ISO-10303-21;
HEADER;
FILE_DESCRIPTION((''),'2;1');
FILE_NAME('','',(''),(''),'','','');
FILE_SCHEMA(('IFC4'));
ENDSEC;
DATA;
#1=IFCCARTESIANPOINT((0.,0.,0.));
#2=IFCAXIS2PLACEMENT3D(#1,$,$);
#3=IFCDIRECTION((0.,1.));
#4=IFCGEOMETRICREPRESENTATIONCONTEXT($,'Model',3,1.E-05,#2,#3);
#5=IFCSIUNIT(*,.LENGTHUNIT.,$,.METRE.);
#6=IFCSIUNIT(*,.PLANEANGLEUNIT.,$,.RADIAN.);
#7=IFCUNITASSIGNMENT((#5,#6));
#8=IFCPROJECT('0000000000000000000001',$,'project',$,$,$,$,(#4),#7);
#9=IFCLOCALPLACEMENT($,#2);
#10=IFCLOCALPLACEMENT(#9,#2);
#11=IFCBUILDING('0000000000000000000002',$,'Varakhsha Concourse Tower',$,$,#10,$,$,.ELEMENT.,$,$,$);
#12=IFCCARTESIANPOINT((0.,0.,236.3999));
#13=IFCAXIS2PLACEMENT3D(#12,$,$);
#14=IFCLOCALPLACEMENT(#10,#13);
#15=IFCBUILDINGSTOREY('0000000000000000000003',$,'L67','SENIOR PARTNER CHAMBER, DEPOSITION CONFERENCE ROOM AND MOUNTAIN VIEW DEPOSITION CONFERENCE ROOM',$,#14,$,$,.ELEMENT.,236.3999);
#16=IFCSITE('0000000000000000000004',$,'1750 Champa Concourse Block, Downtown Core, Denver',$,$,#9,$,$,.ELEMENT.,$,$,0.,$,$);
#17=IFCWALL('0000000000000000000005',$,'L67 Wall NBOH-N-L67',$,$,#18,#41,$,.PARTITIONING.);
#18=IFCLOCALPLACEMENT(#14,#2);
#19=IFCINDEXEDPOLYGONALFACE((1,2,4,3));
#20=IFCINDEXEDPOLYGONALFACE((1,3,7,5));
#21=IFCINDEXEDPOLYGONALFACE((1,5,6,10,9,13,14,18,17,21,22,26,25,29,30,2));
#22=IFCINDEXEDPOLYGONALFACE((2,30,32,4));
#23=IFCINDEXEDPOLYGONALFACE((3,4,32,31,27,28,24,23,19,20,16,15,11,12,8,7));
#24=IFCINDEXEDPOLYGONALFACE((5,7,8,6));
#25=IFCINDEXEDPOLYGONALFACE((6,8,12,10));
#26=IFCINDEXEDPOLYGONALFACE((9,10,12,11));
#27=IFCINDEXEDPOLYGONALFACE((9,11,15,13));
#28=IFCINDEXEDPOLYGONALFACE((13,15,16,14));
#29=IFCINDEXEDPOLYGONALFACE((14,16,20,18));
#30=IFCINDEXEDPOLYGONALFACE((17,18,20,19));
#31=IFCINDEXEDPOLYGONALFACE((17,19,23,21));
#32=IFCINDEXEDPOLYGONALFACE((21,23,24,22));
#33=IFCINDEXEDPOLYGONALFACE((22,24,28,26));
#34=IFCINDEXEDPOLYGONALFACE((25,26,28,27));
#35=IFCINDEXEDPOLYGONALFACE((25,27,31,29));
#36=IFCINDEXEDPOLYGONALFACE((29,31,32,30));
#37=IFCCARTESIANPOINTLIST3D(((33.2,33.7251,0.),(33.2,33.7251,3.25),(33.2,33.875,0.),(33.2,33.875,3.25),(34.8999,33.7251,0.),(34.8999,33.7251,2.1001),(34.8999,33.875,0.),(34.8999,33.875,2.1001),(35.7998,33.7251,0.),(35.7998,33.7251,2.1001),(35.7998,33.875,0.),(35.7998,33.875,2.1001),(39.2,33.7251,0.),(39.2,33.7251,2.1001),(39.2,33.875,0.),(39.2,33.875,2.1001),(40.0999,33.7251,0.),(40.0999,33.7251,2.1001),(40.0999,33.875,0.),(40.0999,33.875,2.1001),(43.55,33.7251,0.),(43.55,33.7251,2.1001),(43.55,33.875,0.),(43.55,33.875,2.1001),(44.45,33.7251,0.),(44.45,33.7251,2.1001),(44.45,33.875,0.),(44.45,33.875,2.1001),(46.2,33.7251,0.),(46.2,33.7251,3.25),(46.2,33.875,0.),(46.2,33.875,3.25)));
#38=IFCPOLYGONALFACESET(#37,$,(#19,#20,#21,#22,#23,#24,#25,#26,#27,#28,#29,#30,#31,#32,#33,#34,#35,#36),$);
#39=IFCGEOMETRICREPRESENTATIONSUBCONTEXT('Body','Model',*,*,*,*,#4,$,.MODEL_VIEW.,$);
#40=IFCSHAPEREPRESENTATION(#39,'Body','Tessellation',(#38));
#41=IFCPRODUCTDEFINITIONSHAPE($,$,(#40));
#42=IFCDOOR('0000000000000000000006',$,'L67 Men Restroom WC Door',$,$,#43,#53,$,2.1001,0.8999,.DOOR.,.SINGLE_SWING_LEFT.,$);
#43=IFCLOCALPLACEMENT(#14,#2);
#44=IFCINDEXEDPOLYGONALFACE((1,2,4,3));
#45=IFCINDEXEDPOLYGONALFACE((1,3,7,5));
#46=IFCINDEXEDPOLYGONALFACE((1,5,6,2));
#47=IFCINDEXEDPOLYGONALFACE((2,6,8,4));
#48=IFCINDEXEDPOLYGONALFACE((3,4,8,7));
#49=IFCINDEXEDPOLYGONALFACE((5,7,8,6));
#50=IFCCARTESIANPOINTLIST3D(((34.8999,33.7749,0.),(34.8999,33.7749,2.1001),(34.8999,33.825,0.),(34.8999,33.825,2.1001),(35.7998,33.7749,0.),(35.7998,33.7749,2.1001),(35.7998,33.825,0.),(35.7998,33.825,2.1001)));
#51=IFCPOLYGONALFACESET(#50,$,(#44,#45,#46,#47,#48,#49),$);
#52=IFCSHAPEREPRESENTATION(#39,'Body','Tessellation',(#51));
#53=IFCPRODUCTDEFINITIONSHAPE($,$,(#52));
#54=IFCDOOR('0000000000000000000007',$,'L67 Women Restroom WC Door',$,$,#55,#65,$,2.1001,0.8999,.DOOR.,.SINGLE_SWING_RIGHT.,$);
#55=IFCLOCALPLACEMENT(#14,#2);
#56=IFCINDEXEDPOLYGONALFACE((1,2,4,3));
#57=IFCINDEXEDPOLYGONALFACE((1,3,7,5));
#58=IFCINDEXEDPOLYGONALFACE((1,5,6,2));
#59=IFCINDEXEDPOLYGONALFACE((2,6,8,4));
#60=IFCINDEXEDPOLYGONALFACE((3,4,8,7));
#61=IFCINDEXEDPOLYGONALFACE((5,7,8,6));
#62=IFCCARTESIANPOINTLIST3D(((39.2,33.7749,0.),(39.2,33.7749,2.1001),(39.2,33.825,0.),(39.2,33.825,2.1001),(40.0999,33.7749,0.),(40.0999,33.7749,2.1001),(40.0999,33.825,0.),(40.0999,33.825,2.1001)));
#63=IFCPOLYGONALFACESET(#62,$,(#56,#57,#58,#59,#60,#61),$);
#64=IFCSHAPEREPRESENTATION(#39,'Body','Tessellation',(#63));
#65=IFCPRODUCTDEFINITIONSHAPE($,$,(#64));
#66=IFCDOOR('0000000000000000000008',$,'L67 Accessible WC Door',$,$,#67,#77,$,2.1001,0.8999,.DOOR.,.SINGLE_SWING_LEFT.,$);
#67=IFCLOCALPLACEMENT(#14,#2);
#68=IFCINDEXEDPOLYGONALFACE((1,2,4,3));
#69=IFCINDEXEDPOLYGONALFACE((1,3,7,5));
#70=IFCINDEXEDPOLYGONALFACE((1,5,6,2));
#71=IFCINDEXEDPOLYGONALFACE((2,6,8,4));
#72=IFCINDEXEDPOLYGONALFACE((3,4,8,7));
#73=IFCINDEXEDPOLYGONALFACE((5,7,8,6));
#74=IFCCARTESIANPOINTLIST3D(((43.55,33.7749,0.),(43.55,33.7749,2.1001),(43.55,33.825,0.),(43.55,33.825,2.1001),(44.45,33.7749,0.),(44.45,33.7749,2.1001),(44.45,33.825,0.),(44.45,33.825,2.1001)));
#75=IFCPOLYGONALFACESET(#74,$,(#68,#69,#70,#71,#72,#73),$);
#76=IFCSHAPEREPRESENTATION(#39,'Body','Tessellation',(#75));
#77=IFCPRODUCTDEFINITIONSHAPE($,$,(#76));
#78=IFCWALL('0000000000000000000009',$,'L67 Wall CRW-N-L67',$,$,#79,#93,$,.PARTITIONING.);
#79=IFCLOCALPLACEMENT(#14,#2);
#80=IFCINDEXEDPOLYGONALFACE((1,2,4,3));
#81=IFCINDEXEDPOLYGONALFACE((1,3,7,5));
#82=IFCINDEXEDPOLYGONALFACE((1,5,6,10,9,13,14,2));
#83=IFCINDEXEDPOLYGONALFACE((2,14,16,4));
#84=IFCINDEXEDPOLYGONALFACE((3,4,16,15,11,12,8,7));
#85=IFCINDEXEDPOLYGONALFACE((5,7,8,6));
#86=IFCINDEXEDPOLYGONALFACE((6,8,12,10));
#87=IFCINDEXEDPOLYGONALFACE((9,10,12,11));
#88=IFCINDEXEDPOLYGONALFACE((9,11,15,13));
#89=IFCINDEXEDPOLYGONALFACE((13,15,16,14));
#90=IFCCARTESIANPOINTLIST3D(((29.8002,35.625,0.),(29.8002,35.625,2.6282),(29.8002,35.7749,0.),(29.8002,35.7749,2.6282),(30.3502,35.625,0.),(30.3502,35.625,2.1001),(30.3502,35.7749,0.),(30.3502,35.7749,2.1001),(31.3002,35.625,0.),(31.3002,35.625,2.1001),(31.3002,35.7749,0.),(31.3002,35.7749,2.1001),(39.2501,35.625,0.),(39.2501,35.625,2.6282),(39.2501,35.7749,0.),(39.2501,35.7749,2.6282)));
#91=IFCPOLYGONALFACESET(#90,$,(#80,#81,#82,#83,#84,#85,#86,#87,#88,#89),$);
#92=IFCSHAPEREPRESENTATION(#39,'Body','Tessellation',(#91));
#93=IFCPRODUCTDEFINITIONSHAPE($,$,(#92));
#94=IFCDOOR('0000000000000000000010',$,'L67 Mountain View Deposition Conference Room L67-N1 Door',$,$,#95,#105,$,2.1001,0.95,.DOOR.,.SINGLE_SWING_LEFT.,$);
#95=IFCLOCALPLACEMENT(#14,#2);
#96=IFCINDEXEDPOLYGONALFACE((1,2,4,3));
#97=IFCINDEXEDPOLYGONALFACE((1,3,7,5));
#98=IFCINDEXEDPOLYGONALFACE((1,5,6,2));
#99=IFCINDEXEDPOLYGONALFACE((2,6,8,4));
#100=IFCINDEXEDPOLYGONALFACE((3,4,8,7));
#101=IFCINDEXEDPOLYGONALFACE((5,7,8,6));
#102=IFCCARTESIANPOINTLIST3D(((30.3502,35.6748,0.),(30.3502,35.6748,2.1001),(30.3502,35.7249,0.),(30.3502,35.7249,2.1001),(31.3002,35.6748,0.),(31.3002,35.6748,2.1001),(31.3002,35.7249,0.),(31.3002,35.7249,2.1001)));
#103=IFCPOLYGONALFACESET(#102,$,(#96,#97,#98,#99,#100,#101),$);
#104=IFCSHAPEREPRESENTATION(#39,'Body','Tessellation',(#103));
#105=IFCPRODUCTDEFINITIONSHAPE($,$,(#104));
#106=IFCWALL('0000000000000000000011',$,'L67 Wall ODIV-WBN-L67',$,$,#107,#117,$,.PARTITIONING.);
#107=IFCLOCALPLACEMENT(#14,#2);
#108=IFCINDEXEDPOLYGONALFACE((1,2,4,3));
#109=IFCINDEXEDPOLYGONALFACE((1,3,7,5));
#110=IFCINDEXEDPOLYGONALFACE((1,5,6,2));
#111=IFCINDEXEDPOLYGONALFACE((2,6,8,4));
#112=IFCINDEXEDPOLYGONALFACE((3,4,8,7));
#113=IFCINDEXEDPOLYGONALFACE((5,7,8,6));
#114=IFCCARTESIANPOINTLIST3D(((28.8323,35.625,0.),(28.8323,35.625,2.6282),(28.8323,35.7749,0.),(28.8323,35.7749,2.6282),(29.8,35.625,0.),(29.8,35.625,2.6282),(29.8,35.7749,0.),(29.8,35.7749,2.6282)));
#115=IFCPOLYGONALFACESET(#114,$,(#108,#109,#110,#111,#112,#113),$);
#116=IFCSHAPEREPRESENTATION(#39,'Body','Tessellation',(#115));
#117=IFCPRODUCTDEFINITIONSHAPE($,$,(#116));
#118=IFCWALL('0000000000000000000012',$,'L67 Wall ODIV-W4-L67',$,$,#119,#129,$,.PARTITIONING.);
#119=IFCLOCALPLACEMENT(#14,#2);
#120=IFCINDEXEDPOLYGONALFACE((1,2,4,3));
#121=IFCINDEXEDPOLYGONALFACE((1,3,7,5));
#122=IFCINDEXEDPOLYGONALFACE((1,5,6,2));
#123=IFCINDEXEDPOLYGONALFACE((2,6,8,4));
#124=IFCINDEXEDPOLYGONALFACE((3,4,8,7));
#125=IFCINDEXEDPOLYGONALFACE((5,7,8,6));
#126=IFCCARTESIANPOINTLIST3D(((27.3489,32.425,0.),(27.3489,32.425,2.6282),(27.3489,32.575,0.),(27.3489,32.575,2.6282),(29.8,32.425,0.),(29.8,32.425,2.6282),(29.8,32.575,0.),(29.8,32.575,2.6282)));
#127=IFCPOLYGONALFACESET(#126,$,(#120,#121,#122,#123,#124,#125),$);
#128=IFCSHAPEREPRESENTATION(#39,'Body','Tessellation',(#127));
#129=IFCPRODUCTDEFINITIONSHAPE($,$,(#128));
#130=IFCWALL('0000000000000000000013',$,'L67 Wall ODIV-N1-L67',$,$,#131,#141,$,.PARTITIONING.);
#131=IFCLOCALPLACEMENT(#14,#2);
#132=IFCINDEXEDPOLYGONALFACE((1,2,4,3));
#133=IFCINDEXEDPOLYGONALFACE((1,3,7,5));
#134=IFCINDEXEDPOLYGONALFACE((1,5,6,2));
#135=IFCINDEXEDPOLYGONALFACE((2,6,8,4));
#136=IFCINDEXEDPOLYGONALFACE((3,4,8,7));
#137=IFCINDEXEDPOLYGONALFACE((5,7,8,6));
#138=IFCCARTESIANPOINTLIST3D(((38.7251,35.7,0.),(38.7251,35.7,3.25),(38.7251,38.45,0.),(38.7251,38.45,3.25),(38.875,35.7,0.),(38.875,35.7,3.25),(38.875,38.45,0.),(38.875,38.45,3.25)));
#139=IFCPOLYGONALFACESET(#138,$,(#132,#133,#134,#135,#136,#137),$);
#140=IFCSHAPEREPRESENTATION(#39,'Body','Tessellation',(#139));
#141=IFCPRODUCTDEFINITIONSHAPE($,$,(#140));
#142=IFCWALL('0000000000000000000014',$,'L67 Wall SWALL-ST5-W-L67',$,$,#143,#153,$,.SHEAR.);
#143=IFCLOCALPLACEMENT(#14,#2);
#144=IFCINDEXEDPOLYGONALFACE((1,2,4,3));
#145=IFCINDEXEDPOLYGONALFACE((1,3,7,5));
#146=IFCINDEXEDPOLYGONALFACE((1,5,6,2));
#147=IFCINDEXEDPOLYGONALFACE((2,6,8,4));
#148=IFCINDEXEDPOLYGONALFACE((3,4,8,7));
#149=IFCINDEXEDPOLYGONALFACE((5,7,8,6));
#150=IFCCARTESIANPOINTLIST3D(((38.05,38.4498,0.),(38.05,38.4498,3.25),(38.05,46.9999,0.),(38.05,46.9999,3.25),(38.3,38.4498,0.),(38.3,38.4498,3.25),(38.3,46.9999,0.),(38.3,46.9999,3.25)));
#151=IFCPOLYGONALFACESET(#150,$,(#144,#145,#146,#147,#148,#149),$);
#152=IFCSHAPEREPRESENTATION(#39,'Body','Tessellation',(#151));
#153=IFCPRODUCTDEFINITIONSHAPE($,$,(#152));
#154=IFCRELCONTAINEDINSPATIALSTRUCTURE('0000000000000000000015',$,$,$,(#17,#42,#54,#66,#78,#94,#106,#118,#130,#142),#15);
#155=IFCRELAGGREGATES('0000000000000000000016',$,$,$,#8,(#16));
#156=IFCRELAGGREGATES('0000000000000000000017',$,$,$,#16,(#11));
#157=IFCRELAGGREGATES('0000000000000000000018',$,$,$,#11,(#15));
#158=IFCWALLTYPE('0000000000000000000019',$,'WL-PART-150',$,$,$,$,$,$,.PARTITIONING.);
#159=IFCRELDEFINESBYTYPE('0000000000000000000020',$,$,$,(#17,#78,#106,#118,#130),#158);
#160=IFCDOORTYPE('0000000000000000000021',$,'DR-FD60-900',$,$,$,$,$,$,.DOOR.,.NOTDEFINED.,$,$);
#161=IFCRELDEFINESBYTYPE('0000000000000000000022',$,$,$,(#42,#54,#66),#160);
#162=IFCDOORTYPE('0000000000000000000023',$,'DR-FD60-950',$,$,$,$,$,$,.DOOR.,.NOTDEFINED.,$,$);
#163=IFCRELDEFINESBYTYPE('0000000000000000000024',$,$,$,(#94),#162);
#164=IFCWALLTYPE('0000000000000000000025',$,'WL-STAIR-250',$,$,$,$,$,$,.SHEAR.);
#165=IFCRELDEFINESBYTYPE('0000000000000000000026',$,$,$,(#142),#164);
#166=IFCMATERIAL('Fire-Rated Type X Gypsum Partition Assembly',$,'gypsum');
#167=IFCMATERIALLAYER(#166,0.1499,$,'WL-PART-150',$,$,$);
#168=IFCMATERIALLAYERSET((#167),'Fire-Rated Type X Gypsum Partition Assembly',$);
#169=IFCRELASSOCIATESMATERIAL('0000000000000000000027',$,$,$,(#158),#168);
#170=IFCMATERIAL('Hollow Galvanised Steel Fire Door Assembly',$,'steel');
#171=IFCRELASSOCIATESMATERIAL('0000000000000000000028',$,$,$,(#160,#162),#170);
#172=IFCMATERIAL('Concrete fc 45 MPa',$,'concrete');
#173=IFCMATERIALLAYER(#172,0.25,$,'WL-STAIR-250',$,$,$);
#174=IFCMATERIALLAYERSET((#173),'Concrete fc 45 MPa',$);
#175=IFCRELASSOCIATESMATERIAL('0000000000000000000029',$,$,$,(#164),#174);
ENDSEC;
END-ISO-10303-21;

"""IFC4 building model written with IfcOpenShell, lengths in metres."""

from ifc_helpers import new_model, si_unit, direction, frame, frame_2d, origin, place, context, subcontext, project, spatial, rectangle, extrude, material, layer, layer_set, type_object, element, fill, save


model = new_model("IFC4")

# Units and contexts
model_context = context("Model", 3, precision=1e-05, world=origin(), true_north=direction((0.0, 1.0)))
body_context = subcontext(model_context, "Body", "Model", "MODEL_VIEW")
ifc_project = project(units=[si_unit("LENGTHUNIT", "METRE"), si_unit("PLANEANGLEUNIT", "RADIAN")], contexts=[model_context])

# Site, building, storey
site_placement = place(None, origin())
site = spatial("IfcSite", under=ifc_project, at=site_placement, Name="1750 Champa Concourse Block, Downtown Core, Denver", CompositionType="ELEMENT", RefElevation=0.0)
building_placement = place(site_placement, origin())
building = spatial("IfcBuilding", under=site, at=building_placement, Name="Varakhsha Concourse Tower", CompositionType="ELEMENT")
storey_placement = place(building_placement, frame((0.0, 0.0, 236.3999)))
storey = spatial("IfcBuildingStorey", under=building, at=storey_placement, Name="L67", Description="SENIOR PARTNER CHAMBER, DEPOSITION CONFERENCE ROOM AND MOUNTAIN VIEW DEPOSITION CONFERENCE ROOM", CompositionType="ELEMENT", Elevation=236.3999)

# Wall, openings, doors
ifc_material_1 = material(Name="Fire-Rated Type X Gypsum Partition Assembly", Category="gypsum")
ifc_layer_1 = layer(ifc_material_1, 0.1499, Name="WL-PART-150")
ifc_layer_set_1 = layer_set([ifc_layer_1], Name="Fire-Rated Type X Gypsum Partition Assembly")
wall_type_1 = type_object("IfcWallType", Name="WL-PART-150", PredefinedType="PARTITIONING", material=ifc_layer_set_1)
wall_1_placement = place(storey_placement, frame((33.2, 33.8, 0.0), z_axis=(0.0, 0.0, 1.0), x_axis=(1.0, 0.0, 0.0)))
wall_1 = element("IfcWall", 1, at=wall_1_placement, inside=storey, type_object=wall_type_1, Name="L67 Wall NBOH-N-L67", PredefinedType="PARTITIONING", context=body_context, shape_type="SweptSolid", body=[
    extrude(rectangle(XDim=13.0, YDim=0.1499, at=frame_2d((6.5, 0.0))), origin(), (0.0, 0.0, 1.0), 3.25),
])
opening_1_placement = place(wall_1_placement, frame((1.7, 0.0, 0.0)))
opening_1 = element("IfcOpeningElement", 2, at=opening_1_placement, cuts=wall_1, PredefinedType="OPENING", context=body_context, shape_type="SweptSolid", body=[
    extrude(rectangle(XDim=0.8999, YDim=2.1001, at=frame_2d((0.45, 1.05))), frame((0.0, 0.085, 0.0), z_axis=(0.0, -1.0, 0.0), x_axis=(1.0, 0.0, 0.0)), (0.0, 0.0, 1.0), 0.1699),
])
opening_2_placement = place(wall_1_placement, frame((6.0, 0.0, 0.0)))
opening_2 = element("IfcOpeningElement", 3, at=opening_2_placement, cuts=wall_1, PredefinedType="OPENING", context=body_context, shape_type="SweptSolid", body=[
    extrude(rectangle(XDim=0.8999, YDim=2.1001, at=frame_2d((0.45, 1.05))), frame((0.0, 0.085, 0.0), z_axis=(0.0, -1.0, 0.0), x_axis=(1.0, 0.0, 0.0)), (0.0, 0.0, 1.0), 0.1699),
])
opening_3_placement = place(wall_1_placement, frame((10.3501, 0.0, 0.0)))
opening_3 = element("IfcOpeningElement", 4, at=opening_3_placement, cuts=wall_1, PredefinedType="OPENING", context=body_context, shape_type="SweptSolid", body=[
    extrude(rectangle(XDim=0.8999, YDim=2.1001, at=frame_2d((0.45, 1.05))), frame((0.0, 0.085, 0.0), z_axis=(0.0, -1.0, 0.0), x_axis=(1.0, 0.0, 0.0)), (0.0, 0.0, 1.0), 0.1699),
])
ifc_material_2 = material(Name="Hollow Galvanised Steel Fire Door Assembly", Category="steel")
door_type_1 = type_object("IfcDoorType", Name="DR-FD60-900", OperationType="NOTDEFINED", PredefinedType="DOOR", material=ifc_material_2)
door_1_placement = place(opening_1_placement, origin())
door_1 = element("IfcDoor", 5, at=door_1_placement, inside=storey, type_object=door_type_1, Name="L67 Men Restroom WC Door", OperationType="SINGLE_SWING_LEFT", OverallHeight=2.1001, OverallWidth=0.8999, PredefinedType="DOOR", context=body_context, shape_type="SweptSolid", body=[
    extrude(rectangle(XDim=0.8999, YDim=2.1001, at=frame_2d((0.45, 1.05))), frame((0.0, 0.0249, 0.0), z_axis=(0.0, -1.0, 0.0), x_axis=(1.0, 0.0, 0.0)), (0.0, 0.0, 1.0), 0.05),
])
fill(opening_1, door_1)
door_2_placement = place(opening_2_placement, origin())
door_2 = element("IfcDoor", 6, at=door_2_placement, inside=storey, type_object=door_type_1, Name="L67 Women Restroom WC Door", OperationType="SINGLE_SWING_RIGHT", OverallHeight=2.1001, OverallWidth=0.8999, PredefinedType="DOOR", context=body_context, shape_type="SweptSolid", body=[
    extrude(rectangle(XDim=0.8999, YDim=2.1001, at=frame_2d((0.45, 1.05))), frame((0.0, 0.0249, 0.0), z_axis=(0.0, -1.0, 0.0), x_axis=(1.0, 0.0, 0.0)), (0.0, 0.0, 1.0), 0.05),
])
fill(opening_2, door_2)
door_3_placement = place(opening_3_placement, origin())
door_3 = element("IfcDoor", 7, at=door_3_placement, inside=storey, type_object=door_type_1, Name="L67 Accessible WC Door", OperationType="SINGLE_SWING_LEFT", OverallHeight=2.1001, OverallWidth=0.8999, PredefinedType="DOOR", context=body_context, shape_type="SweptSolid", body=[
    extrude(rectangle(XDim=0.8999, YDim=2.1001, at=frame_2d((0.45, 1.05))), frame((0.0, 0.0249, 0.0), z_axis=(0.0, -1.0, 0.0), x_axis=(1.0, 0.0, 0.0)), (0.0, 0.0, 1.0), 0.05),
])
fill(opening_3, door_3)

# Wall, opening, door
wall_2_placement = place(storey_placement, frame((29.8, 35.7, 0.0), z_axis=(0.0, 0.0, 1.0), x_axis=(1.0, 0.0, 0.0)))
wall_2 = element("IfcWall", 8, at=wall_2_placement, inside=storey, type_object=wall_type_1, Name="L67 Wall CRW-N-L67", PredefinedType="PARTITIONING", context=body_context, shape_type="SweptSolid", body=[
    extrude(rectangle(XDim=9.45, YDim=0.1499, at=frame_2d((4.7251, 0.0))), origin(), (0.0, 0.0, 1.0), 2.6282),
])
opening_4_placement = place(wall_2_placement, frame((0.55, 0.0, 0.0)))
opening_4 = element("IfcOpeningElement", 9, at=opening_4_placement, cuts=wall_2, PredefinedType="OPENING", context=body_context, shape_type="SweptSolid", body=[
    extrude(rectangle(XDim=0.95, YDim=2.1001, at=frame_2d((0.4751, 1.05))), frame((0.0, 0.085, 0.0), z_axis=(0.0, -1.0, 0.0), x_axis=(1.0, 0.0, 0.0)), (0.0, 0.0, 1.0), 0.1699),
])
door_type_2 = type_object("IfcDoorType", Name="DR-FD60-950", OperationType="NOTDEFINED", PredefinedType="DOOR", material=ifc_material_2)
door_4_placement = place(opening_4_placement, origin())
door_4 = element("IfcDoor", 10, at=door_4_placement, inside=storey, type_object=door_type_2, Name="L67 Mountain View Deposition Conference Room L67-N1 Door", OperationType="SINGLE_SWING_LEFT", OverallHeight=2.1001, OverallWidth=0.95, PredefinedType="DOOR", context=body_context, shape_type="SweptSolid", body=[
    extrude(rectangle(XDim=0.95, YDim=2.1001, at=frame_2d((0.4751, 1.05))), frame((0.0, 0.0249, 0.0), z_axis=(0.0, -1.0, 0.0), x_axis=(1.0, 0.0, 0.0)), (0.0, 0.0, 1.0), 0.05),
])
fill(opening_4, door_4)

# Walls
wall_3_placement = place(storey_placement, frame((28.8323, 35.7, 0.0), z_axis=(0.0, 0.0, 1.0), x_axis=(1.0, 0.0, 0.0)))
element("IfcWall", 11, at=wall_3_placement, inside=storey, type_object=wall_type_1, Name="L67 Wall ODIV-WBN-L67", PredefinedType="PARTITIONING", context=body_context, shape_type="SweptSolid", body=[
    extrude(rectangle(XDim=0.9678, YDim=0.1499, at=frame_2d((0.4839, 0.0))), origin(), (0.0, 0.0, 1.0), 2.6282),
])
wall_4_placement = place(storey_placement, frame((27.3489, 32.5, 0.0), z_axis=(0.0, 0.0, 1.0), x_axis=(1.0, 0.0, 0.0)))
element("IfcWall", 12, at=wall_4_placement, inside=storey, type_object=wall_type_1, Name="L67 Wall ODIV-W4-L67", PredefinedType="PARTITIONING", context=body_context, shape_type="SweptSolid", body=[
    extrude(rectangle(XDim=2.4512, YDim=0.1499, at=frame_2d((1.2256, 0.0))), origin(), (0.0, 0.0, 1.0), 2.6282),
])
wall_5_placement = place(storey_placement, frame((38.8, 35.7, 0.0), z_axis=(0.0, 0.0, 1.0), x_axis=(0.0, 1.0, 0.0)))
element("IfcWall", 13, at=wall_5_placement, inside=storey, type_object=wall_type_1, Name="L67 Wall ODIV-N1-L67", PredefinedType="PARTITIONING", context=body_context, shape_type="SweptSolid", body=[
    extrude(rectangle(XDim=2.75, YDim=0.1499, at=frame_2d((1.375, 0.0))), origin(), (0.0, 0.0, 1.0), 3.25),
])
ifc_material_3 = material(Name="Concrete fc 45 MPa", Category="concrete")
ifc_layer_2 = layer(ifc_material_3, 0.25, Name="WL-STAIR-250")
ifc_layer_set_2 = layer_set([ifc_layer_2], Name="Concrete fc 45 MPa")
wall_type_2 = type_object("IfcWallType", Name="WL-STAIR-250", PredefinedType="SHEAR", material=ifc_layer_set_2)
wall_6_placement = place(storey_placement, frame((38.175, 38.45, 0.0), z_axis=(0.0, 0.0, 1.0), x_axis=(0.0, 1.0, 0.0)))
element("IfcWall", 14, at=wall_6_placement, inside=storey, type_object=wall_type_2, Name="L67 Wall SWALL-ST5-W-L67", PredefinedType="SHEAR", context=body_context, shape_type="SweptSolid", body=[
    extrude(rectangle(XDim=8.55, YDim=0.25, at=frame_2d((4.2749, 0.0))), origin(), (0.0, 0.0, 1.0), 3.25),
])

save(model, "model.ifc")
